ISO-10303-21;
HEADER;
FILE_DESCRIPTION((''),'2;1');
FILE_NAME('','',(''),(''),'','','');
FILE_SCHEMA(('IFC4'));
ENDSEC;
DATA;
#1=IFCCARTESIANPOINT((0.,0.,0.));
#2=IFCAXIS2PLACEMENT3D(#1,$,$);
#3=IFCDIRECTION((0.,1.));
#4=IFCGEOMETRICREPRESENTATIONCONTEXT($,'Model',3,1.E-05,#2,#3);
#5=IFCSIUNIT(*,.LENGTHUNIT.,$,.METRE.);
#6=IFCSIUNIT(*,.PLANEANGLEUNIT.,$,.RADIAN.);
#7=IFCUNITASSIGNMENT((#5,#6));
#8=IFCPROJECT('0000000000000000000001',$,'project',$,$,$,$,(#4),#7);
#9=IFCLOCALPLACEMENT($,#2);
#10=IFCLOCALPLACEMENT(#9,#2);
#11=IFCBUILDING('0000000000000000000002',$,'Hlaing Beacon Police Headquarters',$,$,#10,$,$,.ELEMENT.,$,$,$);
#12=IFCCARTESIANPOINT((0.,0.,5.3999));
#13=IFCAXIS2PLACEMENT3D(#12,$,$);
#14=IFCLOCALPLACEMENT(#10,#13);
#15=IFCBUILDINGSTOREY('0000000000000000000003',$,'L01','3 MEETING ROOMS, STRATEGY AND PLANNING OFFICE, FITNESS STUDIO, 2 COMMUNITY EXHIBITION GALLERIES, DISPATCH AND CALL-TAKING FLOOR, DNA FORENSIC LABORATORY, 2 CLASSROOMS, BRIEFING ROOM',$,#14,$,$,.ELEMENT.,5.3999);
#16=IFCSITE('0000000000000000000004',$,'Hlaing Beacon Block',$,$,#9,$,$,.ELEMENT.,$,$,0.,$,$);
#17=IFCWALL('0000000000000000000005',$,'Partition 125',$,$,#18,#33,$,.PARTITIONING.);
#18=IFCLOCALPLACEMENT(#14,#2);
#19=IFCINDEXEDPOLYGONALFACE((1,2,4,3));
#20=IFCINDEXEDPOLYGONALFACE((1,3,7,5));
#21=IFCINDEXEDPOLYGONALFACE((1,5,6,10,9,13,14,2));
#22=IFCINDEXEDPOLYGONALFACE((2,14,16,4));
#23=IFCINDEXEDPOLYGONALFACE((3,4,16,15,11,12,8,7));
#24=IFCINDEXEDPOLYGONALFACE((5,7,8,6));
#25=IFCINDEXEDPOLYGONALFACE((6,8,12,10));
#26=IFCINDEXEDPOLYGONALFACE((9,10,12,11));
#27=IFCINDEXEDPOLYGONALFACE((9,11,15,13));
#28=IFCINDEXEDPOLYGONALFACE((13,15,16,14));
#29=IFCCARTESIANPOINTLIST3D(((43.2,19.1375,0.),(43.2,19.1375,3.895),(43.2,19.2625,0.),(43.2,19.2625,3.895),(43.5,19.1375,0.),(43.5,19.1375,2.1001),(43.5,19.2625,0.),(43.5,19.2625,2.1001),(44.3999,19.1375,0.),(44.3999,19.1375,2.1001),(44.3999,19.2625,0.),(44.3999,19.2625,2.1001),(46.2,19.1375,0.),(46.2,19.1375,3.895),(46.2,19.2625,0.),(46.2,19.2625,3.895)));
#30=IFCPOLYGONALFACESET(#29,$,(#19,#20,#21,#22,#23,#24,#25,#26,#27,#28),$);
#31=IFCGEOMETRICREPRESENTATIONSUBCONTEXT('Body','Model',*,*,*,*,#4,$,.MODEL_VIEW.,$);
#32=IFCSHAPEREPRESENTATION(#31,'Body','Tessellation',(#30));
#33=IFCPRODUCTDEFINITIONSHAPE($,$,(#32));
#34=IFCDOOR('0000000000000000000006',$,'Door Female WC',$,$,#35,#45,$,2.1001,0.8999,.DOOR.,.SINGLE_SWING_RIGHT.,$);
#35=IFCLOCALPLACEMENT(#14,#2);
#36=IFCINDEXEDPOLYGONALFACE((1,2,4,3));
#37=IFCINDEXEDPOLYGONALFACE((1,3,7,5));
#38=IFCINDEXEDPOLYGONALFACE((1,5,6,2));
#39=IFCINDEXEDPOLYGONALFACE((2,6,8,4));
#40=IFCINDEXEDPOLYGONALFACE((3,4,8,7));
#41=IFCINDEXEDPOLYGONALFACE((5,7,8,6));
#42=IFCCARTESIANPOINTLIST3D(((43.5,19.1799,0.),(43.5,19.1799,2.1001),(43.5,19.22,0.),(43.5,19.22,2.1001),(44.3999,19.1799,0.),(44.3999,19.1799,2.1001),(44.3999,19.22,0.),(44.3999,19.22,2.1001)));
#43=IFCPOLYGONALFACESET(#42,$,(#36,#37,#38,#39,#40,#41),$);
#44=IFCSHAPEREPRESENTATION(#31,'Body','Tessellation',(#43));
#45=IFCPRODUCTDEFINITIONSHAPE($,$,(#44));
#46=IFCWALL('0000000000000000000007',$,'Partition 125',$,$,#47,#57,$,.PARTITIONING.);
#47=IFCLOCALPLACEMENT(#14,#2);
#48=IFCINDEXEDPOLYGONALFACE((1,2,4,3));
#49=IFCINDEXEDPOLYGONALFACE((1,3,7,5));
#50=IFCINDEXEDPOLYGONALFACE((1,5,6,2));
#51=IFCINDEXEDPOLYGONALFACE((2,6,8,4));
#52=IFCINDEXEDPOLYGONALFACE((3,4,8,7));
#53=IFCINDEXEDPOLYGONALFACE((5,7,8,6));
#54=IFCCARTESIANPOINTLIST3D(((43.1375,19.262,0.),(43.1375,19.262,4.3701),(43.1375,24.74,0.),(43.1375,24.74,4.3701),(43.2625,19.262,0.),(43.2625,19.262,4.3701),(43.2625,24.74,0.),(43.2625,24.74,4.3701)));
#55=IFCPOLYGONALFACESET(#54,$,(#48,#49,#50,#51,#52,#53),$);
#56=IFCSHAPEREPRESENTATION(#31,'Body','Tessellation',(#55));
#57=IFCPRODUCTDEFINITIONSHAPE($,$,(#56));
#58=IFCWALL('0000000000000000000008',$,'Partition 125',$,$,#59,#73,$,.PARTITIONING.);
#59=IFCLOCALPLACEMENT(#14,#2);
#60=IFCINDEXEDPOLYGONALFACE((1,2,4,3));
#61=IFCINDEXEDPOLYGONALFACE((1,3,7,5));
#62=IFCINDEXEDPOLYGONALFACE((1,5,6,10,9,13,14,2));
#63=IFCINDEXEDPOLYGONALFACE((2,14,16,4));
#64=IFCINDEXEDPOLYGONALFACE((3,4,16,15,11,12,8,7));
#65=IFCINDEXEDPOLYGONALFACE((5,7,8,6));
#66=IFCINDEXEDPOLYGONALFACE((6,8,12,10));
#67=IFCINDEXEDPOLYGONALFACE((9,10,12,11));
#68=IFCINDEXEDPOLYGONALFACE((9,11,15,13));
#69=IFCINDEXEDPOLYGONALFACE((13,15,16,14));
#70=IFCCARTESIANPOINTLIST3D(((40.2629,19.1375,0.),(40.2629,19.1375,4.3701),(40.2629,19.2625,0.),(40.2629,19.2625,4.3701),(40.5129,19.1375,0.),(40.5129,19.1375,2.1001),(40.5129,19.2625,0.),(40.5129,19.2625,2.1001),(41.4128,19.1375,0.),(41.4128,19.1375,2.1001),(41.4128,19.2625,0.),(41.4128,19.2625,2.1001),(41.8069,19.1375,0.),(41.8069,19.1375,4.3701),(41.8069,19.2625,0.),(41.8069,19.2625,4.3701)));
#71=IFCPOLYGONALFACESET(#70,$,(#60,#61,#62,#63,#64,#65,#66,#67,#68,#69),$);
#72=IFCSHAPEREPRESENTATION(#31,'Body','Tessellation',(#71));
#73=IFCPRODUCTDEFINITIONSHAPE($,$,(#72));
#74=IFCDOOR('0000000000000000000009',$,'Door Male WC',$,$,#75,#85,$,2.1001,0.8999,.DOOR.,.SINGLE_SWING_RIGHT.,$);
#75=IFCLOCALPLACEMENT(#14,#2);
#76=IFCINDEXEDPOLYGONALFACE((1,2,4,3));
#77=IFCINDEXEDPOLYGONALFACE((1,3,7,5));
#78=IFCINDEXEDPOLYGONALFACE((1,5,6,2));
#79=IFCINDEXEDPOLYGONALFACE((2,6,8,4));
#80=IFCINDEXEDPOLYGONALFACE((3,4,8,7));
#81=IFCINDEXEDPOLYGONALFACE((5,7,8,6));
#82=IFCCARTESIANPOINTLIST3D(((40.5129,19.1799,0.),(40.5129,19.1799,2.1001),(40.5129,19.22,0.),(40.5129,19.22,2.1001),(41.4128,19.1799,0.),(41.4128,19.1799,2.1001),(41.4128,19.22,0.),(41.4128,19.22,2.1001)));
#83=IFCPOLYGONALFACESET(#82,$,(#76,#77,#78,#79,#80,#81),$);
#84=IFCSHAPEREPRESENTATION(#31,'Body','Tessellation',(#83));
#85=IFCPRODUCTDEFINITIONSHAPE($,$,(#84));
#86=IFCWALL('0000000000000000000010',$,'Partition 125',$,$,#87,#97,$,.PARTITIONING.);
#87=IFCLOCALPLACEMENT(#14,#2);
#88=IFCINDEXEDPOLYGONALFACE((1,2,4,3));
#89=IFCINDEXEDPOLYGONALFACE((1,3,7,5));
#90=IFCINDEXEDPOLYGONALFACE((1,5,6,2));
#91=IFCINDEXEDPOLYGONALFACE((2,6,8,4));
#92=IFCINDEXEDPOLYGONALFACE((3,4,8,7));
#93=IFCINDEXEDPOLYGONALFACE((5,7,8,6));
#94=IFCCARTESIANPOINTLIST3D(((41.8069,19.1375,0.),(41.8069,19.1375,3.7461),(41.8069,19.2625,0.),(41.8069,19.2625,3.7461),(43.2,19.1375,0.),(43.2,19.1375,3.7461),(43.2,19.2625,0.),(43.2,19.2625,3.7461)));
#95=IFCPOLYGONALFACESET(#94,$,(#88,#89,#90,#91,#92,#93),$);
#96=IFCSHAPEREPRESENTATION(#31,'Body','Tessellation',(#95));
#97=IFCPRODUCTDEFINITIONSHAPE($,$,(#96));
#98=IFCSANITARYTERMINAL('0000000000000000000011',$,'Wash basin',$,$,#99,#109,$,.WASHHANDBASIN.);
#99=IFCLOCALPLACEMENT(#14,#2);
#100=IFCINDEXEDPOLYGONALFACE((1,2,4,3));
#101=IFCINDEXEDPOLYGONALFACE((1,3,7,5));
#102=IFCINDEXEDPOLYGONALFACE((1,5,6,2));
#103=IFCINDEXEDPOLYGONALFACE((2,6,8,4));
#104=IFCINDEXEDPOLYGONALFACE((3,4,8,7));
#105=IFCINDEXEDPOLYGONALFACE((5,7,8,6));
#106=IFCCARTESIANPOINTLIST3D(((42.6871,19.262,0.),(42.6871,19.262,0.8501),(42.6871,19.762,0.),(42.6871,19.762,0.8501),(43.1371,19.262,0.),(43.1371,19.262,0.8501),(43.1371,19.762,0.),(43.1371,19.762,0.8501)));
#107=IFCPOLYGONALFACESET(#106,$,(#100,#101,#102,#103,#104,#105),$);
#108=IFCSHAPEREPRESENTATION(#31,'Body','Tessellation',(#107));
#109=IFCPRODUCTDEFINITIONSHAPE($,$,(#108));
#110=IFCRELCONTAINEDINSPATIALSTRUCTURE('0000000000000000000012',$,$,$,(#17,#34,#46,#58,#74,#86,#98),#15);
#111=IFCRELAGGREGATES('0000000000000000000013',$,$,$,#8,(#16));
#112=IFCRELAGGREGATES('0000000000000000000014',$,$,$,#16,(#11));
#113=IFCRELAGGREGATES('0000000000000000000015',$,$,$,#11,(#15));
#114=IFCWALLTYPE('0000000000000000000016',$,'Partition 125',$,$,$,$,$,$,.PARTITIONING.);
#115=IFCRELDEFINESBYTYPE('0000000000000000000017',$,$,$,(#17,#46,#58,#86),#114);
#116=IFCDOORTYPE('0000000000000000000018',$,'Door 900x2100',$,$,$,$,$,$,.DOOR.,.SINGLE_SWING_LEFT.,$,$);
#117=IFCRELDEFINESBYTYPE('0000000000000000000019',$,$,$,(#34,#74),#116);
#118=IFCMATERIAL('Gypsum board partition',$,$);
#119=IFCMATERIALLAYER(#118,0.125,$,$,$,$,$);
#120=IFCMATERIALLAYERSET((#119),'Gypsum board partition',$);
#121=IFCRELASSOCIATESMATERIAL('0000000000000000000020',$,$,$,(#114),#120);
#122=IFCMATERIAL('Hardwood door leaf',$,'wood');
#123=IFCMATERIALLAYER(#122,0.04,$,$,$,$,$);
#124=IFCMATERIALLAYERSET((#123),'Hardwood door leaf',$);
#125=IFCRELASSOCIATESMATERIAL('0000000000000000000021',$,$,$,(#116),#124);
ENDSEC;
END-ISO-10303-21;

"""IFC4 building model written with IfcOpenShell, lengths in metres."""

from ifc_helpers import new_model, si_unit, direction, frame, frame_2d, origin, origin_2d, place, context, subcontext, project, spatial, rectangle, extrude, material, layer, layer_set, type_object, element, fill, save


model = new_model("IFC4")

# Units and contexts
model_context = context("Model", 3, precision=1e-05, world=origin(), true_north=direction((0.0, 1.0)))
body_context = subcontext(model_context, "Body", "Model", "MODEL_VIEW")
ifc_project = project(units=[si_unit("LENGTHUNIT", "METRE"), si_unit("PLANEANGLEUNIT", "RADIAN")], contexts=[model_context])

# Site, building, storey
site_placement = place(None, origin())
site = spatial("IfcSite", under=ifc_project, at=site_placement, Name="Hlaing Beacon Block", CompositionType="ELEMENT", RefElevation=0.0)
building_placement = place(site_placement, origin())
building = spatial("IfcBuilding", under=site, at=building_placement, Name="Hlaing Beacon Police Headquarters", CompositionType="ELEMENT")
storey_placement = place(building_placement, frame((0.0, 0.0, 5.3999)))
storey = spatial("IfcBuildingStorey", under=building, at=storey_placement, Name="L01", Description="3 MEETING ROOMS, STRATEGY AND PLANNING OFFICE, FITNESS STUDIO, 2 COMMUNITY EXHIBITION GALLERIES, DISPATCH AND CALL-TAKING FLOOR, DNA FORENSIC LABORATORY, 2 CLASSROOMS, BRIEFING ROOM", CompositionType="ELEMENT", Elevation=5.3999)

# Shared definitions
ifc_material_1 = material(Name="Gypsum board partition")
ifc_layer_1 = layer(ifc_material_1, 0.125)
ifc_layer_set_1 = layer_set([ifc_layer_1], Name="Gypsum board partition")
wall_type_1 = type_object("IfcWallType", Name="Partition 125", PredefinedType="PARTITIONING", material=ifc_layer_set_1)

# Wall, opening, door
wall_1_placement = place(storey_placement, frame((43.2, 19.2, 0.0), z_axis=(0.0, 0.0, 1.0), x_axis=(1.0, 0.0, 0.0)))
wall_1 = element("IfcWall", 1, at=wall_1_placement, inside=storey, type_object=wall_type_1, Name="Partition 125", PredefinedType="PARTITIONING", context=body_context, shape_type="SweptSolid", body=[
    extrude(rectangle(XDim=3.0, YDim=0.125, at=frame_2d((1.5, 0.0))), origin(), (0.0, 0.0, 1.0), 3.895),
])
opening_1_placement = place(wall_1_placement, frame((0.3, 0.0, 0.0)))
opening_1 = element("IfcOpeningElement", 2, at=opening_1_placement, cuts=wall_1, PredefinedType="OPENING", context=body_context, shape_type="SweptSolid", body=[
    extrude(rectangle(XDim=0.8999, YDim=2.1001, at=frame_2d((0.45, 1.05))), frame((0.0, 0.0725, 0.0), z_axis=(0.0, -1.0, 0.0), x_axis=(1.0, 0.0, 0.0)), (0.0, 0.0, 1.0), 0.145),
])
ifc_material_2 = material(Name="Hardwood door leaf", Category="wood")
ifc_layer_2 = layer(ifc_material_2, 0.04)
ifc_layer_set_2 = layer_set([ifc_layer_2], Name="Hardwood door leaf")
door_type_1 = type_object("IfcDoorType", Name="Door 900x2100", OperationType="SINGLE_SWING_LEFT", PredefinedType="DOOR", material=ifc_layer_set_2)
door_1_placement = place(opening_1_placement, origin())
door_1 = element("IfcDoor", 3, at=door_1_placement, inside=storey, type_object=door_type_1, Name="Door Female WC", OperationType="SINGLE_SWING_RIGHT", OverallHeight=2.1001, OverallWidth=0.8999, PredefinedType="DOOR", context=body_context, shape_type="SweptSolid", body=[
    extrude(rectangle(XDim=0.8999, YDim=2.1001, at=frame_2d((0.45, 1.05))), frame((0.0, 0.02, 0.0), z_axis=(0.0, -1.0, 0.0), x_axis=(1.0, 0.0, 0.0)), (0.0, 0.0, 1.0), 0.04),
])
fill(opening_1, door_1)

# Wall
wall_2_placement = place(storey_placement, frame((43.2, 19.262, 0.0), z_axis=(0.0, 0.0, 1.0), x_axis=(0.0, 1.0, 0.0)))
element("IfcWall", 4, at=wall_2_placement, inside=storey, type_object=wall_type_1, Name="Partition 125", PredefinedType="PARTITIONING", context=body_context, shape_type="SweptSolid", body=[
    extrude(rectangle(XDim=5.478, YDim=0.125, at=frame_2d((2.739, 0.0))), origin(), (0.0, 0.0, 1.0), 4.3701),
])

# Wall, opening, door
wall_3_placement = place(storey_placement, frame((40.2629, 19.2, 0.0), z_axis=(0.0, 0.0, 1.0), x_axis=(1.0, 0.0, 0.0)))
wall_3 = element("IfcWall", 5, at=wall_3_placement, inside=storey, type_object=wall_type_1, Name="Partition 125", PredefinedType="PARTITIONING", context=body_context, shape_type="SweptSolid", body=[
    extrude(rectangle(XDim=1.5439, YDim=0.125, at=frame_2d((0.772, 0.0))), origin(), (0.0, 0.0, 1.0), 4.3701),
])
opening_2_placement = place(wall_3_placement, frame((0.25, 0.0, 0.0)))
opening_2 = element("IfcOpeningElement", 6, at=opening_2_placement, cuts=wall_3, PredefinedType="OPENING", context=body_context, shape_type="SweptSolid", body=[
    extrude(rectangle(XDim=0.8999, YDim=2.1001, at=frame_2d((0.45, 1.05))), frame((0.0, 0.0725, 0.0), z_axis=(0.0, -1.0, 0.0), x_axis=(1.0, 0.0, 0.0)), (0.0, 0.0, 1.0), 0.145),
])
door_2_placement = place(opening_2_placement, origin())
door_2 = element("IfcDoor", 7, at=door_2_placement, inside=storey, type_object=door_type_1, Name="Door Male WC", OperationType="SINGLE_SWING_RIGHT", OverallHeight=2.1001, OverallWidth=0.8999, PredefinedType="DOOR", context=body_context, shape_type="SweptSolid", body=[
    extrude(rectangle(XDim=0.8999, YDim=2.1001, at=frame_2d((0.45, 1.05))), frame((0.0, 0.02, 0.0), z_axis=(0.0, -1.0, 0.0), x_axis=(1.0, 0.0, 0.0)), (0.0, 0.0, 1.0), 0.04),
])
fill(opening_2, door_2)

# Wall
wall_4_placement = place(storey_placement, frame((41.8069, 19.2, 0.0), z_axis=(0.0, 0.0, 1.0), x_axis=(1.0, 0.0, 0.0)))
element("IfcWall", 8, at=wall_4_placement, inside=storey, type_object=wall_type_1, Name="Partition 125", PredefinedType="PARTITIONING", context=body_context, shape_type="SweptSolid", body=[
    extrude(rectangle(XDim=1.3931, YDim=0.125, at=frame_2d((0.6965, 0.0))), origin(), (0.0, 0.0, 1.0), 3.7461),
])

# Sanitary terminal
sanitary_terminal_placement = place(storey_placement, frame((42.9121, 19.512, 0.0), z_axis=(0.0, 0.0, 1.0), x_axis=(1.0, 0.0, 0.0)))
element("IfcSanitaryTerminal", 9, at=sanitary_terminal_placement, inside=storey, Name="Wash basin", PredefinedType="WASHHANDBASIN", context=body_context, shape_type="SweptSolid", body=[
    extrude(rectangle(XDim=0.45, YDim=0.5, at=origin_2d()), origin(), (0.0, 0.0, 1.0), 0.8501),
])

save(model, "model.ifc")
